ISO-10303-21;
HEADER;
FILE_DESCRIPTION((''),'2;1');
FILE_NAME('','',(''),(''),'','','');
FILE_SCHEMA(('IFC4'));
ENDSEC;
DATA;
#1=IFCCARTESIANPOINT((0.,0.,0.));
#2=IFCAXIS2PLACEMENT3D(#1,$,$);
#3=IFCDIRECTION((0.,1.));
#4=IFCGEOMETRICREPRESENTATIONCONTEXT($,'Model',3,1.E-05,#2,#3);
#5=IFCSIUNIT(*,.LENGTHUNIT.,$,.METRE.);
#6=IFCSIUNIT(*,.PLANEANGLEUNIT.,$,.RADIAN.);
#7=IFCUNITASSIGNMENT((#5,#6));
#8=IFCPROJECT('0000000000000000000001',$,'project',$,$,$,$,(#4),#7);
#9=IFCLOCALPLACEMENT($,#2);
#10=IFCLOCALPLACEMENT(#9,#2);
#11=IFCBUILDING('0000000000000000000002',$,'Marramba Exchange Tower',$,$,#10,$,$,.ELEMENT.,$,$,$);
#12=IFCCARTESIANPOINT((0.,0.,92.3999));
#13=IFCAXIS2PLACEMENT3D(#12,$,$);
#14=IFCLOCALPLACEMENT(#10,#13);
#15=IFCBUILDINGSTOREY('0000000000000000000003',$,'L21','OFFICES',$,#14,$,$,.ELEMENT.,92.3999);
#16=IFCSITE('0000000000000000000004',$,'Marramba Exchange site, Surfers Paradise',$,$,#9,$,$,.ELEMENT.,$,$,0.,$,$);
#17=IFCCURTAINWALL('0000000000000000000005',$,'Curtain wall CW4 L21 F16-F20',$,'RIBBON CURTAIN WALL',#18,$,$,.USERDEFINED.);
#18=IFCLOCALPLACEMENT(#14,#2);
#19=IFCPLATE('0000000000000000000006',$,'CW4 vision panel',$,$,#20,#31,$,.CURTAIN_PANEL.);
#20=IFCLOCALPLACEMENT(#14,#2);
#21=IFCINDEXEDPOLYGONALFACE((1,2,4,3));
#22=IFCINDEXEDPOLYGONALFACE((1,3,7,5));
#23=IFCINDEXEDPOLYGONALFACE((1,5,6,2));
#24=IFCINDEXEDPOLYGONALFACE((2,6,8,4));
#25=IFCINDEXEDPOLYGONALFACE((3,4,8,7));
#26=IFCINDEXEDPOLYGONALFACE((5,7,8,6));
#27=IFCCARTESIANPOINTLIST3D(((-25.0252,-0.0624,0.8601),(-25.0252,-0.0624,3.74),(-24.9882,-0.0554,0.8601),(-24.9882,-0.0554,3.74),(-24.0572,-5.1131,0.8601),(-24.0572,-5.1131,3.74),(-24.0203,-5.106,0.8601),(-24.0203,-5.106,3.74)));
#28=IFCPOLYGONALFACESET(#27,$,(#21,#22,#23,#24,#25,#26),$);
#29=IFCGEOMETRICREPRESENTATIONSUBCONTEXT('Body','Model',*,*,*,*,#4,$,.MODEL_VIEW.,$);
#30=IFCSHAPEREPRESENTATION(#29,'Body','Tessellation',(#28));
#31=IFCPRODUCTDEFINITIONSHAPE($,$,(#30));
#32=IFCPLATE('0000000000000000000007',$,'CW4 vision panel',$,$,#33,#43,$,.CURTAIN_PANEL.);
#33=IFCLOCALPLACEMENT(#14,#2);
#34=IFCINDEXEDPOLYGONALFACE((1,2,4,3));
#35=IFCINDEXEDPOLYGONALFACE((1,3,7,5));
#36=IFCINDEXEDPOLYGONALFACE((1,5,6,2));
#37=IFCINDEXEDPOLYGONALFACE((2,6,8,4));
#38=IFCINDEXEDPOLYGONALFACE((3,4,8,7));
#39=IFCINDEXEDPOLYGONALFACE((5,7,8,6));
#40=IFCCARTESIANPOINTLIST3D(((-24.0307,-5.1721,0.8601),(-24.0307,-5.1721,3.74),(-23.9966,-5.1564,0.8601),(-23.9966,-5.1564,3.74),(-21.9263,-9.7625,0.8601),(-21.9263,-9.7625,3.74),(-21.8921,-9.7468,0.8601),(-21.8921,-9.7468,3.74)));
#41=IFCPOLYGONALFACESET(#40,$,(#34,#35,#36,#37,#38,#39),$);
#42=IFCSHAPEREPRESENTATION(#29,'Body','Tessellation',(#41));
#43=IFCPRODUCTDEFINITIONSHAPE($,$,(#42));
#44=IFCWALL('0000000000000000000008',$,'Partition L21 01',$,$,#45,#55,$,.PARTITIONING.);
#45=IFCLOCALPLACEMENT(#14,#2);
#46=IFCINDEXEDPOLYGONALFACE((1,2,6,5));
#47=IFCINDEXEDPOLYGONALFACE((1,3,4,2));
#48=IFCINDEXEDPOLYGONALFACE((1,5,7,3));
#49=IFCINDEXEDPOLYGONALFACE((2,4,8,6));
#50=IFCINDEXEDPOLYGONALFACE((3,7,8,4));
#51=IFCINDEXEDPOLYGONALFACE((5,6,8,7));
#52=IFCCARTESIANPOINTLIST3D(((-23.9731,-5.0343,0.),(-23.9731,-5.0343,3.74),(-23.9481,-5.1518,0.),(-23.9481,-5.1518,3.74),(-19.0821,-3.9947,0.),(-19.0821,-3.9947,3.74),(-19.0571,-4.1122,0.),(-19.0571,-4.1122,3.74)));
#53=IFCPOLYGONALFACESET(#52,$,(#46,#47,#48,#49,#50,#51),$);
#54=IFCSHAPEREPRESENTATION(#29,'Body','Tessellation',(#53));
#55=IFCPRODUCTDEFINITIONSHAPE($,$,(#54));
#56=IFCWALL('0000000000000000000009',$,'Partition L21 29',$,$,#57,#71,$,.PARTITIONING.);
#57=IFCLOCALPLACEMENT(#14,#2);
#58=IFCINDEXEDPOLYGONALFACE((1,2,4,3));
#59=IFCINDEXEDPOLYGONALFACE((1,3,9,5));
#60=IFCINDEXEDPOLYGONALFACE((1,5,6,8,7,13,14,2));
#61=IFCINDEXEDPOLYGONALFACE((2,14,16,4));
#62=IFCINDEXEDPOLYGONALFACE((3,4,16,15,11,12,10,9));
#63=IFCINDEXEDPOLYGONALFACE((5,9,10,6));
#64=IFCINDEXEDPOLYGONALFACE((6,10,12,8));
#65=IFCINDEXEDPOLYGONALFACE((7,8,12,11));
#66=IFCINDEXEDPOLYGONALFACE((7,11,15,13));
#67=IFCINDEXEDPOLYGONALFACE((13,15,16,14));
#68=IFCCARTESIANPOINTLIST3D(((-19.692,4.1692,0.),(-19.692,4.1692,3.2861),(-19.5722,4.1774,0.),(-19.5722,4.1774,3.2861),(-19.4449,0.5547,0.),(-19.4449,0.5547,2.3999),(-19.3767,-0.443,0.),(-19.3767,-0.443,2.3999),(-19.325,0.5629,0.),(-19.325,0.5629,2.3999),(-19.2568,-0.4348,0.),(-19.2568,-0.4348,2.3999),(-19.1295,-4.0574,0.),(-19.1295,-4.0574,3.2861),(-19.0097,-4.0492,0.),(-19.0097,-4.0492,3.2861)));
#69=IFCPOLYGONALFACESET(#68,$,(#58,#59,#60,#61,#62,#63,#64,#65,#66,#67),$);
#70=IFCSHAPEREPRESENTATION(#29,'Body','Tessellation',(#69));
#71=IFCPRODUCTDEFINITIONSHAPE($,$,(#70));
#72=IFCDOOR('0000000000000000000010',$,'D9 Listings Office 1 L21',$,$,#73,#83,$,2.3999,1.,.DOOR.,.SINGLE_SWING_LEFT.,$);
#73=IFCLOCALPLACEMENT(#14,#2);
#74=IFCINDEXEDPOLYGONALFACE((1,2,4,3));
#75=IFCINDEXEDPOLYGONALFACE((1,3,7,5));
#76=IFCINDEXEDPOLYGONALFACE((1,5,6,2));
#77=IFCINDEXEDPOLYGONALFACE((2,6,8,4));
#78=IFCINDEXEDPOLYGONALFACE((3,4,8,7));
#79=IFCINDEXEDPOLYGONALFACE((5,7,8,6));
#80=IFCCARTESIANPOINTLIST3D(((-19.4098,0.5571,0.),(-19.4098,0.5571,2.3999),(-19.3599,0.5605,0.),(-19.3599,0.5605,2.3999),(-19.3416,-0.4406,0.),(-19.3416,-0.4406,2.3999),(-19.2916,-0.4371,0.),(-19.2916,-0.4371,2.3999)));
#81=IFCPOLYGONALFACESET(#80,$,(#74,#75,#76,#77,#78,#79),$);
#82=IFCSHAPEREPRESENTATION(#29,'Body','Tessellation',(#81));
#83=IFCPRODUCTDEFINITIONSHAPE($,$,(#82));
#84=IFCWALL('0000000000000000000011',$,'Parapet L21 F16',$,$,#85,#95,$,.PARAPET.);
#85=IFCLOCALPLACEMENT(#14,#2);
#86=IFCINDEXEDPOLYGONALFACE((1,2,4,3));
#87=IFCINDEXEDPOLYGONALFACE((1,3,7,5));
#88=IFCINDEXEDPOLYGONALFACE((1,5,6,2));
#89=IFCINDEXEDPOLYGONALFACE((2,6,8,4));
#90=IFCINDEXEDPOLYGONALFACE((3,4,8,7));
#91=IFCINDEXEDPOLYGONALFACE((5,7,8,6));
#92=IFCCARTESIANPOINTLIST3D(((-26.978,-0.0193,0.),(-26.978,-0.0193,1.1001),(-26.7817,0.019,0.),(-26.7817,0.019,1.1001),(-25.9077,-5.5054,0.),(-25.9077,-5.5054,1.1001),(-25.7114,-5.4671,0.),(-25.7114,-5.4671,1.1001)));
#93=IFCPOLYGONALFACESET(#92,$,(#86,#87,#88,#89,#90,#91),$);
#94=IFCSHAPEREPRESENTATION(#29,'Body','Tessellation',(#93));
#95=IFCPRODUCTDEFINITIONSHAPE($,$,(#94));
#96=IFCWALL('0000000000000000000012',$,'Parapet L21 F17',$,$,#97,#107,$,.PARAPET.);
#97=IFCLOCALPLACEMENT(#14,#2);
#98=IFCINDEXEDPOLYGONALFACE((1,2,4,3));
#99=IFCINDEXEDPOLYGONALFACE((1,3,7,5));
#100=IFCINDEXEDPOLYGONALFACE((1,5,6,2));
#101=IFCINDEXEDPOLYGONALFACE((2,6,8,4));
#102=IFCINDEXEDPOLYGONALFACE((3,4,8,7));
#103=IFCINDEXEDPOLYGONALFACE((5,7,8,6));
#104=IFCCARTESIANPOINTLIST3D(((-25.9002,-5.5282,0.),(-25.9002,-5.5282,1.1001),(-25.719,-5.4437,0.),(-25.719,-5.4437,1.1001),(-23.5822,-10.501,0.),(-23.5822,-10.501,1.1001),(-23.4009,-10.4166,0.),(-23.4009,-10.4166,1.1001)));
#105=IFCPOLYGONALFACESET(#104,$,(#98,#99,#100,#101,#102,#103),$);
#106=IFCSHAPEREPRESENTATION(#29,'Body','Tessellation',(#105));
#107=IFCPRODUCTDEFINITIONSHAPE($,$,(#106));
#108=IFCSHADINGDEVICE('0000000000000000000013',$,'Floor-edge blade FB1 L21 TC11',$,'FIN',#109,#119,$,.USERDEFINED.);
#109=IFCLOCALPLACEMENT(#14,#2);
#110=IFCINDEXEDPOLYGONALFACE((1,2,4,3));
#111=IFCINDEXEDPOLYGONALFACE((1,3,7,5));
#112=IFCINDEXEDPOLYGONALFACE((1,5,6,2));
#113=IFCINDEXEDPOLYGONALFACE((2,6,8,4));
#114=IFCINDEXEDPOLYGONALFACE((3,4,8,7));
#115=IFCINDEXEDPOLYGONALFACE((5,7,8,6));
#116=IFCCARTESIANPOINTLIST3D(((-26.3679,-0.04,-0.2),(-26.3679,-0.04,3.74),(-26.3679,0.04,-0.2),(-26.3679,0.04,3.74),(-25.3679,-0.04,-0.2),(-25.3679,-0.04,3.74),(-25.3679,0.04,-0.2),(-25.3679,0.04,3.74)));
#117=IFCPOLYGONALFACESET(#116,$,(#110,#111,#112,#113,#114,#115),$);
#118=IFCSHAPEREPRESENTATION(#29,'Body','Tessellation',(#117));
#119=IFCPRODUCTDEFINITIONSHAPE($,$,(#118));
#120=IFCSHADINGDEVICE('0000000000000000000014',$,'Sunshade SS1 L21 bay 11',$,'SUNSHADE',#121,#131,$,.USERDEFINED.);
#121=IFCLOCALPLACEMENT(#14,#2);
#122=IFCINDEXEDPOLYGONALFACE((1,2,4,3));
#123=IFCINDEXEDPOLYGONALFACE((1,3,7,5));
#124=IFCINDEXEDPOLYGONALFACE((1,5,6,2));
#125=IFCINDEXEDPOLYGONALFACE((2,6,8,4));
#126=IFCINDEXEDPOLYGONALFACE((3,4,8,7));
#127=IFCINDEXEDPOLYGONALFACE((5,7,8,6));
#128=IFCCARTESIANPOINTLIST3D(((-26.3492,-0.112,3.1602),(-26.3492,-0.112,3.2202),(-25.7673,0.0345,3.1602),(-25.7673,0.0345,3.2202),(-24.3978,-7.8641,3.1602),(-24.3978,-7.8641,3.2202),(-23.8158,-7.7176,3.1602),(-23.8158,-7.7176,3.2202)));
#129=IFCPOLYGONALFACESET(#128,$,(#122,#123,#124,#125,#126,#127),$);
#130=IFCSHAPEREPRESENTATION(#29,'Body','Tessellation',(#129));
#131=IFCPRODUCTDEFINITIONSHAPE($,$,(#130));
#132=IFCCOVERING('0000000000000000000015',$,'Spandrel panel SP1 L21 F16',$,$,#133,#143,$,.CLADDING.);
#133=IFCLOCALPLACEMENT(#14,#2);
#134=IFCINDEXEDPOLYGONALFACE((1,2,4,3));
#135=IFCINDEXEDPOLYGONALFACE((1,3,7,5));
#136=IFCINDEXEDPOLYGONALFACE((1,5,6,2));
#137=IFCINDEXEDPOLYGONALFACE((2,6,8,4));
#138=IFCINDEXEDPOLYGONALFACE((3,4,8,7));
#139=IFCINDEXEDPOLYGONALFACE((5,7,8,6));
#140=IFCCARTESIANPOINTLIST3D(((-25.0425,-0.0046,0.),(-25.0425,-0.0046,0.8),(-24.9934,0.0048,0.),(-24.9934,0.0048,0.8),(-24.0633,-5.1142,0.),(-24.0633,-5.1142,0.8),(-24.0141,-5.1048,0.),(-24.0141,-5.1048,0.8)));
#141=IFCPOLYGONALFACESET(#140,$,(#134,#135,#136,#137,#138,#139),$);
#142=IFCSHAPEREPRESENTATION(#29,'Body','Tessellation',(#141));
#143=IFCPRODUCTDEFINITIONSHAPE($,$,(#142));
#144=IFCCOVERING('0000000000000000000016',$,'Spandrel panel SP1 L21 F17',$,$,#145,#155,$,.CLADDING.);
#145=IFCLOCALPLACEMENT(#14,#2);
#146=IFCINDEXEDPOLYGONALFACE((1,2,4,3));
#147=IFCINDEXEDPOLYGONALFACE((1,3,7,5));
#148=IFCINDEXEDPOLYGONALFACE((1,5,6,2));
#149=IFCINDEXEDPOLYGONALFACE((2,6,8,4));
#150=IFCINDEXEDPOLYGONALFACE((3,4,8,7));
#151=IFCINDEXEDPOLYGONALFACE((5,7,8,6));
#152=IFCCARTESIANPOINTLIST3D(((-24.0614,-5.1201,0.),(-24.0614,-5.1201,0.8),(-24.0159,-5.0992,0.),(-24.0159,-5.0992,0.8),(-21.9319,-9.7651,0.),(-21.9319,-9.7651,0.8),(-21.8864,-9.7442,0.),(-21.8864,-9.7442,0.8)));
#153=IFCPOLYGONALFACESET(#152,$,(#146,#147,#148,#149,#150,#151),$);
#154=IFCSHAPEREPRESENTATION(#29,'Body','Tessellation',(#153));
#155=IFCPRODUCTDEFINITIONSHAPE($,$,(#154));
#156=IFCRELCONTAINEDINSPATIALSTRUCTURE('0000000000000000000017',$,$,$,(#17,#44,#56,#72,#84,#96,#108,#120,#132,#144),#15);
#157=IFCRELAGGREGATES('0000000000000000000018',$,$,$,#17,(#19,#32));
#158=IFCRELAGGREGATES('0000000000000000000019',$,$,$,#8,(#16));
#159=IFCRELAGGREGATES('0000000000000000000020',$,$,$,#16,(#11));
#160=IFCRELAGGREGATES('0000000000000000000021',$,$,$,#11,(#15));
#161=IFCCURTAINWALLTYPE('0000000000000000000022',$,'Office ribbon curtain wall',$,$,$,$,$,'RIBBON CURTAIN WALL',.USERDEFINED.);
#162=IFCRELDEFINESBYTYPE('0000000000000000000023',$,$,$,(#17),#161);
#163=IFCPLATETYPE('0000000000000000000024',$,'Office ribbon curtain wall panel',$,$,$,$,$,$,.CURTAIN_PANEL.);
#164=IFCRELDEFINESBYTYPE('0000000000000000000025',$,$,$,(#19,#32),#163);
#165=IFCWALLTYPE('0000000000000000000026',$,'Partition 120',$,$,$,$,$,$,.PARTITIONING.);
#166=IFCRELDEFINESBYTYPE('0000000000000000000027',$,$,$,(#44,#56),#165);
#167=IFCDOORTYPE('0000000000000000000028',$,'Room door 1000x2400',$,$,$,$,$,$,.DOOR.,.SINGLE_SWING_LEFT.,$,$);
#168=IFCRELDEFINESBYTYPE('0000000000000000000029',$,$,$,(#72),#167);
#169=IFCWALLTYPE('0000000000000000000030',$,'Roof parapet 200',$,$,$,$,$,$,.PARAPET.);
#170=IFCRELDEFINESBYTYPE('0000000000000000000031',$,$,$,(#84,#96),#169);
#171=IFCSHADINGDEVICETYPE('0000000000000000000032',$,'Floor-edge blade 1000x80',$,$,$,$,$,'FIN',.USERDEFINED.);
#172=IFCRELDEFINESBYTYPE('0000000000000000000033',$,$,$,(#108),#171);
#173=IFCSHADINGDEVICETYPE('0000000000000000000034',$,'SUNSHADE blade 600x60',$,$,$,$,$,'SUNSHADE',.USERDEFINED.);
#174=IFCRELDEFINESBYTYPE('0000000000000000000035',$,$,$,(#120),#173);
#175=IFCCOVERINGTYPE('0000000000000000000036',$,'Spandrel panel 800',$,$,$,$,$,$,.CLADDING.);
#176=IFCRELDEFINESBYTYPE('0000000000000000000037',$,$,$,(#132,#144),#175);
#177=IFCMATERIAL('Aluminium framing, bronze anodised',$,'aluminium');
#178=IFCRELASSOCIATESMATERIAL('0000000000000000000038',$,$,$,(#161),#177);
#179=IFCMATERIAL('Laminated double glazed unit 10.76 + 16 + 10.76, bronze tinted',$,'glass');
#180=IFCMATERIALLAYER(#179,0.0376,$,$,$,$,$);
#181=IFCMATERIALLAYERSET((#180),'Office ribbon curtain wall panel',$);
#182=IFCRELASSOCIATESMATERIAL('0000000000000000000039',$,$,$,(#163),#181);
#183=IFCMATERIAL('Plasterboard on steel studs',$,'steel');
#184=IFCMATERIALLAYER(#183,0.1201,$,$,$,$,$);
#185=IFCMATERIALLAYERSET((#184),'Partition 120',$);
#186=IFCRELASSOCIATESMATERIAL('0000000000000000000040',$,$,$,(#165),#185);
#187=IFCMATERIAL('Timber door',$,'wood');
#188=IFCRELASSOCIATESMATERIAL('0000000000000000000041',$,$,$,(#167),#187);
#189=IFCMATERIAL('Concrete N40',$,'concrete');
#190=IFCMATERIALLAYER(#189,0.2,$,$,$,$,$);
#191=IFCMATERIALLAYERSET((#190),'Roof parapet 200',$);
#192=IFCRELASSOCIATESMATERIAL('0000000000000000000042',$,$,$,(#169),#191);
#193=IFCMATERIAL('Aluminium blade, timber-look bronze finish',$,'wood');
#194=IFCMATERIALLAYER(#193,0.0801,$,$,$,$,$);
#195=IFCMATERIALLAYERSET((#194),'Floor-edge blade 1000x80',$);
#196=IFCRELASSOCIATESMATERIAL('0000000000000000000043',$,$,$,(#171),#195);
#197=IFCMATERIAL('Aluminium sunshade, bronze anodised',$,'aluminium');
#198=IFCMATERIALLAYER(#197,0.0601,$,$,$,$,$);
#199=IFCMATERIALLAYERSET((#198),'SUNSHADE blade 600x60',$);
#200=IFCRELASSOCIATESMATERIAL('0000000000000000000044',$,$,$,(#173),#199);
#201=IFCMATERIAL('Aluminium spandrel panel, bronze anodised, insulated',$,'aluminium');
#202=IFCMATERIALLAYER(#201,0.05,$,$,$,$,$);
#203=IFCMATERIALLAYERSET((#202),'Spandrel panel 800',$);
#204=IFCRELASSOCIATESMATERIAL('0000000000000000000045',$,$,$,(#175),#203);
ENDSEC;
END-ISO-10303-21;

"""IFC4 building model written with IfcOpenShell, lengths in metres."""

from ifc_helpers import new_model, si_unit, direction, frame, frame_2d, origin, origin_2d, place, context, subcontext, project, spatial, rectangle, extrude, material, layer, layer_set, type_object, element, fill, aggregate, save


model = new_model("IFC4")

# Units and contexts
model_context = context("Model", 3, precision=1e-05, world=origin(), true_north=direction((0.0, 1.0)))
body_context = subcontext(model_context, "Body", "Model", "MODEL_VIEW")
ifc_project = project(units=[si_unit("LENGTHUNIT", "METRE"), si_unit("PLANEANGLEUNIT", "RADIAN")], contexts=[model_context])

# Site, building, storey
site_placement = place(None, origin())
site = spatial("IfcSite", under=ifc_project, at=site_placement, Name="Marramba Exchange site, Surfers Paradise", CompositionType="ELEMENT", RefElevation=0.0)
building_placement = place(site_placement, origin())
building = spatial("IfcBuilding", under=site, at=building_placement, Name="Marramba Exchange Tower", CompositionType="ELEMENT")
storey_placement = place(building_placement, frame((0.0, 0.0, 92.3999)))
storey = spatial("IfcBuildingStorey", under=building, at=storey_placement, Name="L21", Description="OFFICES", CompositionType="ELEMENT", Elevation=92.3999)

# Curtain wall
ifc_material_1 = material(Name="Aluminium framing, bronze anodised", Category="aluminium")
curtain_wall_type = type_object("IfcCurtainWallType", Name="Office ribbon curtain wall", ElementType="RIBBON CURTAIN WALL", PredefinedType="USERDEFINED", material=ifc_material_1)
curtain_wall_placement = place(storey_placement, origin())
curtain_wall = element("IfcCurtainWall", 1, at=curtain_wall_placement, inside=storey, type_object=curtain_wall_type, Name="Curtain wall CW4 L21 F16-F20", ObjectType="RIBBON CURTAIN WALL", PredefinedType="USERDEFINED")

# Plates
ifc_material_2 = material(Name="Laminated double glazed unit 10.76 + 16 + 10.76, bronze tinted", Category="glass")
ifc_layer_1 = layer(ifc_material_2, 0.0376)
ifc_layer_set_1 = layer_set([ifc_layer_1], Name="Office ribbon curtain wall panel")
plate_type = type_object("IfcPlateType", Name="Office ribbon curtain wall panel", PredefinedType="CURTAIN_PANEL", material=ifc_layer_set_1)
plate_1_placement = place(storey_placement, frame((-24.5227, -2.5842, 0.8601), z_axis=(0.0, 0.0, 1.0), x_axis=(0.188227, -0.982126, 0.0)))
plate_1 = element("IfcPlate", 2, at=plate_1_placement, type_object=plate_type, Name="CW4 vision panel", PredefinedType="CURTAIN_PANEL", context=body_context, shape_type="SweptSolid", body=[
    extrude(rectangle(XDim=5.1426, YDim=0.0376, at=origin_2d()), origin(), (0.0, 0.0, 1.0), 2.8799),
])
plate_2_placement = place(storey_placement, frame((-22.9614, -7.4595, 0.8601), z_axis=(0.0, 0.0, 1.0), x_axis=(0.416738, -0.909027, 0.0)))
plate_2 = element("IfcPlate", 3, at=plate_2_placement, type_object=plate_type, Name="CW4 vision panel", PredefinedType="CURTAIN_PANEL", context=body_context, shape_type="SweptSolid", body=[
    extrude(rectangle(XDim=5.0498, YDim=0.0376, at=origin_2d()), origin(), (0.0, 0.0, 1.0), 2.8799),
])
aggregate(curtain_wall, [plate_1, plate_2])

# Wall
ifc_material_3 = material(Name="Plasterboard on steel studs", Category="steel")
ifc_layer_2 = layer(ifc_material_3, 0.1201)
ifc_layer_set_2 = layer_set([ifc_layer_2], Name="Partition 120")
wall_type_1 = type_object("IfcWallType", Name="Partition 120", PredefinedType="PARTITIONING", material=ifc_layer_set_2)
wall_1_placement = place(storey_placement, frame((-23.9604, -5.093, 0.0), z_axis=(0.0, 0.0, 1.0), x_axis=(0.978149, 0.207905, 0.0)))
element("IfcWall", 4, at=wall_1_placement, inside=storey, type_object=wall_type_1, Name="Partition L21 01", PredefinedType="PARTITIONING", context=body_context, shape_type="SweptSolid", body=[
    extrude(rectangle(XDim=5.0002, YDim=0.1201, at=frame_2d((2.5, 0.0))), origin(), (0.0, 0.0, 1.0), 3.74),
])

# Wall, opening, door
wall_2_placement = place(storey_placement, frame((-19.0696, -4.0535, 0.0), z_axis=(0.0, 0.0, 1.0), x_axis=(-0.068217, 0.997671, 0.0)))
wall_2 = element("IfcWall", 5, at=wall_2_placement, inside=storey, type_object=wall_type_1, Name="Partition L21 29", PredefinedType="PARTITIONING", context=body_context, shape_type="SweptSolid", body=[
    extrude(rectangle(XDim=8.2458, YDim=0.1201, at=frame_2d((4.123, 0.0))), origin(), (0.0, 0.0, 1.0), 3.2861),
])
opening_placement = place(wall_2_placement, frame((3.623, 0.0, 0.0)))
opening = element("IfcOpeningElement", 6, at=opening_placement, cuts=wall_2, PredefinedType="OPENING", context=body_context, shape_type="SweptSolid", body=[
    extrude(rectangle(XDim=1.0, YDim=2.3999, at=frame_2d((0.5, 1.2))), frame((0.0, 0.0701, 0.0), z_axis=(0.0, -1.0, 0.0), x_axis=(1.0, 0.0, 0.0)), (0.0, 0.0, 1.0), 0.1401),
])
ifc_material_4 = material(Name="Timber door", Category="wood")
door_type = type_object("IfcDoorType", Name="Room door 1000x2400", OperationType="SINGLE_SWING_LEFT", PredefinedType="DOOR", material=ifc_material_4)
door_placement = place(opening_placement, origin())
door = element("IfcDoor", 7, at=door_placement, inside=storey, type_object=door_type, Name="D9 Listings Office 1 L21", OperationType="SINGLE_SWING_LEFT", OverallHeight=2.3999, OverallWidth=1.0, PredefinedType="DOOR", context=body_context, shape_type="SweptSolid", body=[
    extrude(rectangle(XDim=1.0, YDim=2.3999, at=frame_2d((0.5, 1.2))), frame((0.0, 0.0249, 0.0), z_axis=(0.0, -1.0, 0.0), x_axis=(1.0, 0.0, 0.0)), (0.0, 0.0, 1.0), 0.05),
])
fill(opening, door)

# Walls
ifc_material_5 = material(Name="Concrete N40", Category="concrete")
ifc_layer_3 = layer(ifc_material_5, 0.2)
ifc_layer_set_3 = layer_set([ifc_layer_3], Name="Roof parapet 200")
wall_type_2 = type_object("IfcWallType", Name="Roof parapet 200", PredefinedType="PARAPET", material=ifc_layer_set_3)
wall_3_placement = place(storey_placement, frame((-26.8799, 0.0, 0.0), z_axis=(0.0, 0.0, 1.0), x_axis=(0.191486, -0.981495, 0.0)))
element("IfcWall", 8, at=wall_3_placement, inside=storey, type_object=wall_type_2, Name="Parapet L21 F16", PredefinedType="PARAPET", context=body_context, shape_type="SweptSolid", body=[
    extrude(rectangle(XDim=5.5896, YDim=0.2, at=frame_2d((2.7949, 0.0))), origin(), (0.0, 0.0, 1.0), 1.1001),
])
wall_4_placement = place(storey_placement, frame((-25.8096, -5.4861, 0.0), z_axis=(0.0, 0.0, 1.0), x_axis=(0.422501, -0.906363, 0.0)))
element("IfcWall", 9, at=wall_4_placement, inside=storey, type_object=wall_type_2, Name="Parapet L21 F17", PredefinedType="PARAPET", context=body_context, shape_type="SweptSolid", body=[
    extrude(rectangle(XDim=5.4866, YDim=0.2, at=frame_2d((2.7432, 0.0))), origin(), (0.0, 0.0, 1.0), 1.1001),
])

# Shading devices
ifc_material_6 = material(Name="Aluminium blade, timber-look bronze finish", Category="wood")
ifc_layer_4 = layer(ifc_material_6, 0.0801)
ifc_layer_set_4 = layer_set([ifc_layer_4], Name="Floor-edge blade 1000x80")
shading_device_type_1 = type_object("IfcShadingDeviceType", Name="Floor-edge blade 1000x80", ElementType="FIN", PredefinedType="USERDEFINED", material=ifc_layer_set_4)
shading_device_1_placement = place(storey_placement, frame((-25.8679, 0.0, -0.2), z_axis=(0.0, 0.0, 1.0), x_axis=(-1.0, 0.0, 0.0)))
element("IfcShadingDevice", 10, at=shading_device_1_placement, inside=storey, type_object=shading_device_type_1, Name="Floor-edge blade FB1 L21 TC11", ObjectType="FIN", PredefinedType="USERDEFINED", context=body_context, shape_type="SweptSolid", body=[
    extrude(rectangle(XDim=1.0, YDim=0.0801, at=origin_2d()), origin(), (0.0, 0.0, 1.0), 3.9399),
])
ifc_material_7 = material(Name="Aluminium sunshade, bronze anodised", Category="aluminium")
ifc_layer_5 = layer(ifc_material_7, 0.0601)
ifc_layer_set_5 = layer_set([ifc_layer_5], Name="SUNSHADE blade 600x60")
shading_device_type_2 = type_object("IfcShadingDeviceType", Name="SUNSHADE blade 600x60", ElementType="SUNSHADE", PredefinedType="USERDEFINED", material=ifc_layer_set_5)
shading_device_2_placement = place(storey_placement, frame((-25.0825, -3.9148, 3.1602), z_axis=(0.0, 0.0, 1.0), x_axis=(0.244117, -0.969746, 0.0)))
element("IfcShadingDevice", 11, at=shading_device_2_placement, inside=storey, type_object=shading_device_type_2, Name="Sunshade SS1 L21 bay 11", ObjectType="SUNSHADE", PredefinedType="USERDEFINED", context=body_context, shape_type="SweptSolid", body=[
    extrude(rectangle(XDim=7.9939, YDim=0.6001, at=origin_2d()), origin(), (0.0, 0.0, 1.0), 0.0601),
])

# Coverings
ifc_material_8 = material(Name="Aluminium spandrel panel, bronze anodised, insulated", Category="aluminium")
ifc_layer_6 = layer(ifc_material_8, 0.05)
ifc_layer_set_6 = layer_set([ifc_layer_6], Name="Spandrel panel 800")
covering_type = type_object("IfcCoveringType", Name="Spandrel panel 800", PredefinedType="CLADDING", material=ifc_layer_set_6)
covering_1_placement = place(storey_placement, frame((-24.5283, -2.5547, 0.0), z_axis=(0.0, 0.0, 1.0), x_axis=(0.188227, -0.982126, 0.0)))
element("IfcCovering", 12, at=covering_1_placement, inside=storey, type_object=covering_type, Name="Spandrel panel SP1 L21 F16", PredefinedType="CLADDING", context=body_context, shape_type="SweptSolid", body=[
    extrude(rectangle(XDim=5.2026, YDim=0.05, at=origin_2d()), origin(), (0.0, 0.0, 1.0), 0.8),
])
covering_2_placement = place(storey_placement, frame((-22.9739, -7.4321, 0.0), z_axis=(0.0, 0.0, 1.0), x_axis=(0.416738, -0.909027, 0.0)))
element("IfcCovering", 13, at=covering_2_placement, inside=storey, type_object=covering_type, Name="Spandrel panel SP1 L21 F17", PredefinedType="CLADDING", context=body_context, shape_type="SweptSolid", body=[
    extrude(rectangle(XDim=5.1099, YDim=0.05, at=origin_2d()), origin(), (0.0, 0.0, 1.0), 0.8),
])

save(model, "model.ifc")
